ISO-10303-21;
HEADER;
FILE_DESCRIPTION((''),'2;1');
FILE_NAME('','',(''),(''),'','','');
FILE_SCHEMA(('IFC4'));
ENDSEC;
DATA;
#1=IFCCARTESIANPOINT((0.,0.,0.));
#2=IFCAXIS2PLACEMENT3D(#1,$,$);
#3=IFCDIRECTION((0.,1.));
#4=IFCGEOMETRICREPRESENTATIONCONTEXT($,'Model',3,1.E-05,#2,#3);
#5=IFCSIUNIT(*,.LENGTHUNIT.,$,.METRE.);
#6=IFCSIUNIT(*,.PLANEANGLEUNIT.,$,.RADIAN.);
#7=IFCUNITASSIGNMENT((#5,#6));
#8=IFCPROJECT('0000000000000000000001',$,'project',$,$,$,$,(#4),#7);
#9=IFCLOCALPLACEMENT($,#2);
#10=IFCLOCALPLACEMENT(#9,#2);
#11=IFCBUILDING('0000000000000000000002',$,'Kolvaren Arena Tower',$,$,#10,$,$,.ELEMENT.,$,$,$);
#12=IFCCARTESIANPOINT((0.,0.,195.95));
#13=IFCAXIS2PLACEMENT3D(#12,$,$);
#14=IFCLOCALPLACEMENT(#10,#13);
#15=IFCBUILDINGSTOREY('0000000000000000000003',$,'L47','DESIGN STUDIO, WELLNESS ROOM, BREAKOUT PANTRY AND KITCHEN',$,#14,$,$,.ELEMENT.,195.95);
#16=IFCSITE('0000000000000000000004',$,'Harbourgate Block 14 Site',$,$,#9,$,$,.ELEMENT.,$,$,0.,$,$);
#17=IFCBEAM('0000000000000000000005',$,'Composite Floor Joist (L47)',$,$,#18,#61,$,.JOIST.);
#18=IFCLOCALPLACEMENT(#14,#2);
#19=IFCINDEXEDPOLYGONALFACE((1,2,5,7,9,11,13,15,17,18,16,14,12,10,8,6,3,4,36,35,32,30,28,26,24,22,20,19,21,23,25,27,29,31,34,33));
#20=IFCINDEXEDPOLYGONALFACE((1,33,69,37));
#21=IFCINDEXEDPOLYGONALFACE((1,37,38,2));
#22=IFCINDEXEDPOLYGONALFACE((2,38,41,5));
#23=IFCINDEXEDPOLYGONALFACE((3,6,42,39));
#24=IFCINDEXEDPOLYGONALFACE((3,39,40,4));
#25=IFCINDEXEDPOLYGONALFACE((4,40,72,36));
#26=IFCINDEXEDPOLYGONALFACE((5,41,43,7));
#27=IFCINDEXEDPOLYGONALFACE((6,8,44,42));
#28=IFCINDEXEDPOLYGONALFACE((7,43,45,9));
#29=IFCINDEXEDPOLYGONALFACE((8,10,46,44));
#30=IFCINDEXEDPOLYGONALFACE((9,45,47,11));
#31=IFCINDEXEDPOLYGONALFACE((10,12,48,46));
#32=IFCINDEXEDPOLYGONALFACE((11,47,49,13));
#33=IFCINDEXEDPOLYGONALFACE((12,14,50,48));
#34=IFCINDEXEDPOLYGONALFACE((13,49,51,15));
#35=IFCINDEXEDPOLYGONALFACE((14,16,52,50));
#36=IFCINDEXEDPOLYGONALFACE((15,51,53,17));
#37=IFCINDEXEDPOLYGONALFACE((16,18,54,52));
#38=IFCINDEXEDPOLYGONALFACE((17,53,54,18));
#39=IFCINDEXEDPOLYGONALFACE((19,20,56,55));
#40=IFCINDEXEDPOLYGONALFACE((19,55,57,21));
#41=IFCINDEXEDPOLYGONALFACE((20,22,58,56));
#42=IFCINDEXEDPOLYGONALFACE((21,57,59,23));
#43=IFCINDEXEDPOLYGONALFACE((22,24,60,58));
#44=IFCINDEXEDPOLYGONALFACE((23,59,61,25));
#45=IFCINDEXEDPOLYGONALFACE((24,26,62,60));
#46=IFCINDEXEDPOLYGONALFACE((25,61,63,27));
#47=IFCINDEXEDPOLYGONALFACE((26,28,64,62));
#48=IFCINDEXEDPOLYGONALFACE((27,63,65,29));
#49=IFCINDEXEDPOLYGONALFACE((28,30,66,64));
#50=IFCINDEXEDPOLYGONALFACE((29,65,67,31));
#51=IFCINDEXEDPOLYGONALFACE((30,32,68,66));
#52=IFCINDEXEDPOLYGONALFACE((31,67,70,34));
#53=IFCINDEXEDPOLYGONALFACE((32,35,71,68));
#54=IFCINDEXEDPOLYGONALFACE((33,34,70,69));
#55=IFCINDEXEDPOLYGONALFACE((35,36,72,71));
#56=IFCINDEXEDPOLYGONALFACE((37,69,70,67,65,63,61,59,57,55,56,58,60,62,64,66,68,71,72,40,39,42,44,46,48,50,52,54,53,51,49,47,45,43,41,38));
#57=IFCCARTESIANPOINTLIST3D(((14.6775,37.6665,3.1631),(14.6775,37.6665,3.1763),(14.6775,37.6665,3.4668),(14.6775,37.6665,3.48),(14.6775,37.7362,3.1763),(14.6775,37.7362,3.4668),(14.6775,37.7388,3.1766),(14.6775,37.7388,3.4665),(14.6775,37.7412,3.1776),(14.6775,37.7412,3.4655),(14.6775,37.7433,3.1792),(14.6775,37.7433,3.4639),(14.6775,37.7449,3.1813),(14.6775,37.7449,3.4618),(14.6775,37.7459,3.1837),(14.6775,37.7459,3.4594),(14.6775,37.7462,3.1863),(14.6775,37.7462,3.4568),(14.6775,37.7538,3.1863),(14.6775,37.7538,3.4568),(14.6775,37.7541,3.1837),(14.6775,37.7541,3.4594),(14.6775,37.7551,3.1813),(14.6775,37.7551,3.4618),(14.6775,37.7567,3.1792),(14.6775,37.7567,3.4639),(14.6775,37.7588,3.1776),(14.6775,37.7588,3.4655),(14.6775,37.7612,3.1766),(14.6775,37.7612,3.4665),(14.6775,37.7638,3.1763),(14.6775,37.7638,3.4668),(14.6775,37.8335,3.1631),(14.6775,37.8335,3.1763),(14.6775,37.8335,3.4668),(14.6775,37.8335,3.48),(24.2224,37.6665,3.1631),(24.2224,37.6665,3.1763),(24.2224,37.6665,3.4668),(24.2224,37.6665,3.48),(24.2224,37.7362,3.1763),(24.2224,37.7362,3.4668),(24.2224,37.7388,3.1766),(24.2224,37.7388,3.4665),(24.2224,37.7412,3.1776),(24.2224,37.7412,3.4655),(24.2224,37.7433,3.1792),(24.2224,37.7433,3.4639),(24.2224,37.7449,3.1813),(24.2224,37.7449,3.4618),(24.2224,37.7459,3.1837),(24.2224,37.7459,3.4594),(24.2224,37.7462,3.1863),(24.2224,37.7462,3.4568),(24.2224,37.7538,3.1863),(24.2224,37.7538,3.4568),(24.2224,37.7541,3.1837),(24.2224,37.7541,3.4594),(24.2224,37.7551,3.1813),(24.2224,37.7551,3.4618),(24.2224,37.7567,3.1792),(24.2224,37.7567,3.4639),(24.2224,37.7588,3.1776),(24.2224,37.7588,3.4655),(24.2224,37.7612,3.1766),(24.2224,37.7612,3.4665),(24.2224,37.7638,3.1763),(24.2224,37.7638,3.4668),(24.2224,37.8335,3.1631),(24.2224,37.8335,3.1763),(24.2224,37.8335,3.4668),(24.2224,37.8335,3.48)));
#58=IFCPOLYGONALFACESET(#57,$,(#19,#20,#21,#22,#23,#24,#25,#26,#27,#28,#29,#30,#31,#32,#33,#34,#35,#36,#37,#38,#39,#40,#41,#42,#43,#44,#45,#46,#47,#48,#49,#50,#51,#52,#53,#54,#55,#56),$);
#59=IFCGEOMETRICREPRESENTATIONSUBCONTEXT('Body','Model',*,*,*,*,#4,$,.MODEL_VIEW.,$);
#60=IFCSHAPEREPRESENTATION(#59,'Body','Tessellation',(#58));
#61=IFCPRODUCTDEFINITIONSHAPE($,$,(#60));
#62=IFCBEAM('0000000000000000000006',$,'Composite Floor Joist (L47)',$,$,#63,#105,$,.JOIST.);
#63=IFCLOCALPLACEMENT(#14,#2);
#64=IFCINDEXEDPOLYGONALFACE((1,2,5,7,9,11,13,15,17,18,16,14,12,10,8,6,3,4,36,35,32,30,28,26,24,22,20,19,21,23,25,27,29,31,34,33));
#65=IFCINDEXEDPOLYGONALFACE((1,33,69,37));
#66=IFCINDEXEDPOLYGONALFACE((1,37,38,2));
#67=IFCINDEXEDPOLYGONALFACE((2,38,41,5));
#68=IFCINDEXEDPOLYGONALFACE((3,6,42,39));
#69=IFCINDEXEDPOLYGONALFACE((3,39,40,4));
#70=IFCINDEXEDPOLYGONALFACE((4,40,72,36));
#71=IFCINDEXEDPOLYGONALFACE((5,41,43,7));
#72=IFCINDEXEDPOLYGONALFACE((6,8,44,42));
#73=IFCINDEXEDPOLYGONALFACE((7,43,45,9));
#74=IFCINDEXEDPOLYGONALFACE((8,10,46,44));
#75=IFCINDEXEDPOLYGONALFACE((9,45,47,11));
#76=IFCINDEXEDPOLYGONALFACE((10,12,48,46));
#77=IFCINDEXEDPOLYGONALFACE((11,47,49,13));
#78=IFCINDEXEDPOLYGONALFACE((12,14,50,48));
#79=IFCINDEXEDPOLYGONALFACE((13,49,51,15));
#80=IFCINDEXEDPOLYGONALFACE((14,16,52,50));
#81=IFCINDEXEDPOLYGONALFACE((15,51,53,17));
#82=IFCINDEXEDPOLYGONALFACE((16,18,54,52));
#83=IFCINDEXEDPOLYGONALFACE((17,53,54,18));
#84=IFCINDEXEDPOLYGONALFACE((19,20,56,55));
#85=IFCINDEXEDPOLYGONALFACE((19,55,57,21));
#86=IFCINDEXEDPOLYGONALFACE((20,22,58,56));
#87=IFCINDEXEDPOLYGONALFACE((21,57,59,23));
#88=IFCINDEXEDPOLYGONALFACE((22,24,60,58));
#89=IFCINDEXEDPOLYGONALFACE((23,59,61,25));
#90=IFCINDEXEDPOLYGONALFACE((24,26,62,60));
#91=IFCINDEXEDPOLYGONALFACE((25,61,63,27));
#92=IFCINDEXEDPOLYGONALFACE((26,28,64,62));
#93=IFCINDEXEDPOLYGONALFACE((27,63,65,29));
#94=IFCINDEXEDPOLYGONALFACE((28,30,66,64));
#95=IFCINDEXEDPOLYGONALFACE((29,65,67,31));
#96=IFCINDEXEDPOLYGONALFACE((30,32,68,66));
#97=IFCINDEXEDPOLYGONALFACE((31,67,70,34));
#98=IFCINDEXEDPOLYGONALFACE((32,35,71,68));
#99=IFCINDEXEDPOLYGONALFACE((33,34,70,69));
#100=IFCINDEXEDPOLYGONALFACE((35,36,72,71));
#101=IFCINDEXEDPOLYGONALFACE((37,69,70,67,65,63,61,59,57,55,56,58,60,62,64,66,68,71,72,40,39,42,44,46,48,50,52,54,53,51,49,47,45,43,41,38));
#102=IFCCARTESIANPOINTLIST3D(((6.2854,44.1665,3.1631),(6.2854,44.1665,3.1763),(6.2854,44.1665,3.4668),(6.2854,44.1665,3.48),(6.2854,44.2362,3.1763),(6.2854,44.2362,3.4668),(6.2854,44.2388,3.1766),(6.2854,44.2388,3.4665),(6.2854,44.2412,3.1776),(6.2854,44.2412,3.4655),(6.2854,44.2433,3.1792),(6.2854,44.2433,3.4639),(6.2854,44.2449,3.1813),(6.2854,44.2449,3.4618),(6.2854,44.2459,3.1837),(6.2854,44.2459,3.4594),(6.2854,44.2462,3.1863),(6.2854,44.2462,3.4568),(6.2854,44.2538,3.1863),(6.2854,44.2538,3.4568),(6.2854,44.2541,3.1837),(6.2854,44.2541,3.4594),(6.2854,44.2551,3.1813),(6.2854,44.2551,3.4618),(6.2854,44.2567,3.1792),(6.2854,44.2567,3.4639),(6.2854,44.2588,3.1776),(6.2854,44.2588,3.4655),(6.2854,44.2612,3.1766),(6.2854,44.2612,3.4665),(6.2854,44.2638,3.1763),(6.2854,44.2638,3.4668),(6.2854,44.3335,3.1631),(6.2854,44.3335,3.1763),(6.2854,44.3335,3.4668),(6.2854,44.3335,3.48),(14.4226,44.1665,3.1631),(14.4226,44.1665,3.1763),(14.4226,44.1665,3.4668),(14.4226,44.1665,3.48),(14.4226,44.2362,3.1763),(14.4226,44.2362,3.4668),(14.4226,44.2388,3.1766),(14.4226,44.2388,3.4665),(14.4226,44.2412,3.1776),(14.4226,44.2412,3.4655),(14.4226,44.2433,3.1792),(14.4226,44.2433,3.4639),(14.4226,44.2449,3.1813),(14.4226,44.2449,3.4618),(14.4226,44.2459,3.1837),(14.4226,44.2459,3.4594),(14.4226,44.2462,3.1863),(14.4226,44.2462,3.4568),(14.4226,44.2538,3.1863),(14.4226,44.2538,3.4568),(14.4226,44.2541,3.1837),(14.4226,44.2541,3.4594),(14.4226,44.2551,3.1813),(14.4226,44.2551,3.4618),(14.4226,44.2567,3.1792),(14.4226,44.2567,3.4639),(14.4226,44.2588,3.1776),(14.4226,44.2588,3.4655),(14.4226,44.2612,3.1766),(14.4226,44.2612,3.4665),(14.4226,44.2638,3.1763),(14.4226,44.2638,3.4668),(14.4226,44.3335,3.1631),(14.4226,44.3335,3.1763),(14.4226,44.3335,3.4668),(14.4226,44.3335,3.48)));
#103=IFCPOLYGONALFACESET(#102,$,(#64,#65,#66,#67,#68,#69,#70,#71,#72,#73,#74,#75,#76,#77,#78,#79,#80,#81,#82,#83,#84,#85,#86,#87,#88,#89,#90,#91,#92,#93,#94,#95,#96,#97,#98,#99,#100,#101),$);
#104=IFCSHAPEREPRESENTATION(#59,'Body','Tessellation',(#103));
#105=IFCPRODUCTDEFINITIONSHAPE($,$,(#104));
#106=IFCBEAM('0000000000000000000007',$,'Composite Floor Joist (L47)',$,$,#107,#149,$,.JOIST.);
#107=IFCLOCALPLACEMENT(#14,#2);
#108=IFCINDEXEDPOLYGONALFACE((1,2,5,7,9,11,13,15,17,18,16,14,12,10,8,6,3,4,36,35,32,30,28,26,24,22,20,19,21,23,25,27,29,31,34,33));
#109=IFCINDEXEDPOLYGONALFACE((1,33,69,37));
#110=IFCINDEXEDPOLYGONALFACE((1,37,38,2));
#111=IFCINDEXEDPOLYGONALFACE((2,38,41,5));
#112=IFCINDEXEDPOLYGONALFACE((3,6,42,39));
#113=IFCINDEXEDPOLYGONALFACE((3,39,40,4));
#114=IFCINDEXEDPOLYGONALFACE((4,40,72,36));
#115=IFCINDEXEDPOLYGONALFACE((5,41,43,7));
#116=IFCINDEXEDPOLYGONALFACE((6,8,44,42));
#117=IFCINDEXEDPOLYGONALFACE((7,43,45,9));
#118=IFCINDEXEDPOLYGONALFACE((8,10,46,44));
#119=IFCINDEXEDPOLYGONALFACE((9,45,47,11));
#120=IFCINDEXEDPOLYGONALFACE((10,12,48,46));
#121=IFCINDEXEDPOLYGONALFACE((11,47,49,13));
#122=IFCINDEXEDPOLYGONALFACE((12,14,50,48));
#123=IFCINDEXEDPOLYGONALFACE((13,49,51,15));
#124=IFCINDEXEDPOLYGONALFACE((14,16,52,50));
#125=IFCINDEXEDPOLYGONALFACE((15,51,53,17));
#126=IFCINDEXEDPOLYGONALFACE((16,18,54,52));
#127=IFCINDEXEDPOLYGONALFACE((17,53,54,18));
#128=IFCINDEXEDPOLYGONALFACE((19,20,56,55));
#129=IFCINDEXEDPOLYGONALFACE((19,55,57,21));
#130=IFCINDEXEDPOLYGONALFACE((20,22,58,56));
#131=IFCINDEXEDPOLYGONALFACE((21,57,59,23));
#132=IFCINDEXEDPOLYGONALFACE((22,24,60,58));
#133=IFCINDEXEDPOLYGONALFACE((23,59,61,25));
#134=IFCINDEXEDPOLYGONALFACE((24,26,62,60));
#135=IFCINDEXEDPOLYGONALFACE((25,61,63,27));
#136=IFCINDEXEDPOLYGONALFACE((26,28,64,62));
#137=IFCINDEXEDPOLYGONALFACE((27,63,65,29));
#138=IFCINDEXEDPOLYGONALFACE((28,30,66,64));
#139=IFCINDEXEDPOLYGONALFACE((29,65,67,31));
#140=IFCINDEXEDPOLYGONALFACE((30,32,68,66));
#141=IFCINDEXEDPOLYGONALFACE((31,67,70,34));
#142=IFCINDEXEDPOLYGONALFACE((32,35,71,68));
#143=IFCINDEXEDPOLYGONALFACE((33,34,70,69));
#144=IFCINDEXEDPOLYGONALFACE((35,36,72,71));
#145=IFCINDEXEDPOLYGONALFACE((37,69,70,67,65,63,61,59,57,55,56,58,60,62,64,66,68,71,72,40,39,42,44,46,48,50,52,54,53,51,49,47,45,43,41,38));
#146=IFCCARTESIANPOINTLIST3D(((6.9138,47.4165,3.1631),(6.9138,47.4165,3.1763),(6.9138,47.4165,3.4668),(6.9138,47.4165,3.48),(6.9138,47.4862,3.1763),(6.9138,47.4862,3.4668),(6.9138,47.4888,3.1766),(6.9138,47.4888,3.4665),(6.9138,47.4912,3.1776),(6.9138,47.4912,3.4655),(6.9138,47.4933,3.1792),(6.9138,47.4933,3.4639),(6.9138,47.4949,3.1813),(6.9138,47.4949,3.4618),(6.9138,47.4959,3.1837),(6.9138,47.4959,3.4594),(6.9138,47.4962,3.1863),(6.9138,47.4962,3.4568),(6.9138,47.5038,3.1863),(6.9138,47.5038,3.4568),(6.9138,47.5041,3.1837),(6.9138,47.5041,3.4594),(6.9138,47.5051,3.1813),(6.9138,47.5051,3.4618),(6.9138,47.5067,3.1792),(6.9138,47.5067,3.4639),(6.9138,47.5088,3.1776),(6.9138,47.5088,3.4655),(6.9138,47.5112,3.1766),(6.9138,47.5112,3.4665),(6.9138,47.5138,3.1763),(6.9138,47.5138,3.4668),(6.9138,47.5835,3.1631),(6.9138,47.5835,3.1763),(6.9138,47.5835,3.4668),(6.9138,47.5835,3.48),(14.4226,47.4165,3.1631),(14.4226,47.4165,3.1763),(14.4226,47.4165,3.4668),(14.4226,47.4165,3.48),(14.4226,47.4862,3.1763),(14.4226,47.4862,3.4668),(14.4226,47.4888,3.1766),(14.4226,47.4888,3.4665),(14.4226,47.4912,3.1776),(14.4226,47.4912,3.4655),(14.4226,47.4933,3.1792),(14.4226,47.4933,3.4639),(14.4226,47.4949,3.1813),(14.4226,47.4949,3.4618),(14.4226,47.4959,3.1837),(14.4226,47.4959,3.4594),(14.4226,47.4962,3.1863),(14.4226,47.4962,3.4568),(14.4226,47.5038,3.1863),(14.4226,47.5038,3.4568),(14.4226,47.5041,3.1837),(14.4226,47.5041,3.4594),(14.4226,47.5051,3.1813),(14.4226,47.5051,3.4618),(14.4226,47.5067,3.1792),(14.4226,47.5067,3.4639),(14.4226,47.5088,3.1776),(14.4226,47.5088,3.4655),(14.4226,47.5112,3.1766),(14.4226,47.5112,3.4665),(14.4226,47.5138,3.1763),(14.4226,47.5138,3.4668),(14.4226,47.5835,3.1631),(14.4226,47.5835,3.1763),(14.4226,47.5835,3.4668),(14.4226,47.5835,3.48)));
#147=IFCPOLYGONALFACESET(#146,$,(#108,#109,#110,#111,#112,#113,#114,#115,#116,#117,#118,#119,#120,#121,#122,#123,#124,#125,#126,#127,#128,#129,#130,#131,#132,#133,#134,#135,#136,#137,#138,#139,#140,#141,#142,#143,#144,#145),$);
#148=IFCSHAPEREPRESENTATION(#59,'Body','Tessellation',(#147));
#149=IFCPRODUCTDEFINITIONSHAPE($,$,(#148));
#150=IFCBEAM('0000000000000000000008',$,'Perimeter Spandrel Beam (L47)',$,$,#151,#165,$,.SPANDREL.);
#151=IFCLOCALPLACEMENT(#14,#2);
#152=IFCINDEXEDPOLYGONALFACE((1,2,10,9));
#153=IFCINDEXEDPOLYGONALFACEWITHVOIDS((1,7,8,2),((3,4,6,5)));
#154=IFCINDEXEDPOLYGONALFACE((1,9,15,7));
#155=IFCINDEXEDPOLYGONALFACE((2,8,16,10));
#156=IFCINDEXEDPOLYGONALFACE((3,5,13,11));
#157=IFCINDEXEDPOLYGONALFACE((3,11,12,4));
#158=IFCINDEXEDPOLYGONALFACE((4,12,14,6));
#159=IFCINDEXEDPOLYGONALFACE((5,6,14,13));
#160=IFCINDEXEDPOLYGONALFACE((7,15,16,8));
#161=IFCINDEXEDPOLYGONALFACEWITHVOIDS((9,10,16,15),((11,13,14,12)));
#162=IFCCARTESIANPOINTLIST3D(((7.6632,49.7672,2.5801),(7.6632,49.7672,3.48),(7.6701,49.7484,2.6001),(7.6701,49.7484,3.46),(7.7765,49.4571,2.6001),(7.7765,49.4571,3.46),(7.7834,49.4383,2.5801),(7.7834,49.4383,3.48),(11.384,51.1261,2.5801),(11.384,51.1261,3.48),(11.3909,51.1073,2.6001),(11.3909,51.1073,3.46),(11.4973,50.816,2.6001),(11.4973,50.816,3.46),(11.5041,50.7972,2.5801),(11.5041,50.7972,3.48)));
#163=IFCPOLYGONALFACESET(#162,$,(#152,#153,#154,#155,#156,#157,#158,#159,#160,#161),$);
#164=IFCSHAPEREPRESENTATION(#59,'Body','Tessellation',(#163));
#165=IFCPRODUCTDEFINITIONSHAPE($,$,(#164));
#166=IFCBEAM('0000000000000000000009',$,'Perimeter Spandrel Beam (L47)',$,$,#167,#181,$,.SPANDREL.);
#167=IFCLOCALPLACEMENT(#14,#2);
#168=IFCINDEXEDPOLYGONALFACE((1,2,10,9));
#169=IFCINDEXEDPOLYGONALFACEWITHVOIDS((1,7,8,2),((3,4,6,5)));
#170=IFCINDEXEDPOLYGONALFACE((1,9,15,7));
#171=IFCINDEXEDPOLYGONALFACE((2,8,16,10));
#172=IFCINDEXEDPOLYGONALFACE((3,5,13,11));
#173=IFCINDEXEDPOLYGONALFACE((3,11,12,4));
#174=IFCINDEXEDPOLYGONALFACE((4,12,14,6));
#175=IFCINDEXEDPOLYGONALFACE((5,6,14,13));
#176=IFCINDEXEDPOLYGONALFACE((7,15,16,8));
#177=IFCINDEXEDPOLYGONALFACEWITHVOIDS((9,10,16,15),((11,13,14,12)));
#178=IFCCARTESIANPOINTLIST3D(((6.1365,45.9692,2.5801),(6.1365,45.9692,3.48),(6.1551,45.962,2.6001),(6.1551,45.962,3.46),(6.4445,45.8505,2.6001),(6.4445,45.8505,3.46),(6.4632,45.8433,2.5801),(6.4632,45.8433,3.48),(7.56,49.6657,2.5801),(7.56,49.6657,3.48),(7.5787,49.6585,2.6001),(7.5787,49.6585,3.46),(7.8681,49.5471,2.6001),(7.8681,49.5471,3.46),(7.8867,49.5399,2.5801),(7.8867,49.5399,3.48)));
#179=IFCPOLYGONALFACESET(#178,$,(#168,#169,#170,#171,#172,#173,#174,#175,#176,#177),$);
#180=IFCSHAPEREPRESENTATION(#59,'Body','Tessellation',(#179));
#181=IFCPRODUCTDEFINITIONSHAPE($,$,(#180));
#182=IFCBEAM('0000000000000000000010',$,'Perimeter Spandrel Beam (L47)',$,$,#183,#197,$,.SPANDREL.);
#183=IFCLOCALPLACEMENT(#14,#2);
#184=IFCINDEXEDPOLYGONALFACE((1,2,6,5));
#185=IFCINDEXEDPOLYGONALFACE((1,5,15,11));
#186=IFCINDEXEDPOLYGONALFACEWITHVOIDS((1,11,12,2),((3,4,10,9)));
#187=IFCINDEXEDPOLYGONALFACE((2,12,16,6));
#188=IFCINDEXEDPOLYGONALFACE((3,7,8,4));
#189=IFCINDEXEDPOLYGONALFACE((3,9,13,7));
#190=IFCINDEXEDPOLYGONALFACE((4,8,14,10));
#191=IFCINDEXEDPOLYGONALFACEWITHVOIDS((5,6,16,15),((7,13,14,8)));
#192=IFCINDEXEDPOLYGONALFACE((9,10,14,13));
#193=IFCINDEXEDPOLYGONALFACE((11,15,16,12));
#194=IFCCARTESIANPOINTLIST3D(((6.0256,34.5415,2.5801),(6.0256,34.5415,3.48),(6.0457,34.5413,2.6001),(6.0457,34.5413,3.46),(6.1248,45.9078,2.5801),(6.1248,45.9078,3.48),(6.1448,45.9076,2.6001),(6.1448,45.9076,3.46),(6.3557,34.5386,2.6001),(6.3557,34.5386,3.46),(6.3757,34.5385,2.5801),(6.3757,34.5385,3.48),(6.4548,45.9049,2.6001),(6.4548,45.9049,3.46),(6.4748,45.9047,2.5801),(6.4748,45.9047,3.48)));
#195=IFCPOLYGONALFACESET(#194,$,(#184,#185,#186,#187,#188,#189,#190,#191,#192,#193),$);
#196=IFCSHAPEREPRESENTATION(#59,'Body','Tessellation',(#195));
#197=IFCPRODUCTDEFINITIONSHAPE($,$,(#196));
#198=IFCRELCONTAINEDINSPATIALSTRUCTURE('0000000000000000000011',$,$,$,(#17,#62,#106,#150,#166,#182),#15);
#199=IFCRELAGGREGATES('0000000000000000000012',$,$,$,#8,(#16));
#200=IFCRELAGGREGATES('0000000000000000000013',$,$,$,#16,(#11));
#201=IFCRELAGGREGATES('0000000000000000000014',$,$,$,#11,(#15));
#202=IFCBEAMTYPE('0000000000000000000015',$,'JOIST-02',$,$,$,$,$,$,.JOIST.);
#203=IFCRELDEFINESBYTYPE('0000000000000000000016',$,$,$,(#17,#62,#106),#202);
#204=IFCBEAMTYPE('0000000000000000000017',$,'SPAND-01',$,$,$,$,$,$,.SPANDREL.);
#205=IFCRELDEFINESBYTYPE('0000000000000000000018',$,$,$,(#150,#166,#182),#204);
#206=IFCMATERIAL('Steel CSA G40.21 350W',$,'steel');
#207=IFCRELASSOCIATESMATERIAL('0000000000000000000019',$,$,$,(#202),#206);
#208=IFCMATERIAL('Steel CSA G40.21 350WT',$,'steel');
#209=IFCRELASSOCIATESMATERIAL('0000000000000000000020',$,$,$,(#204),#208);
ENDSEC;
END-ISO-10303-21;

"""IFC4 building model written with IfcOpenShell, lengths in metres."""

from ifc_helpers import new_model, si_unit, direction, frame, origin, origin_2d, place, context, subcontext, project, spatial, hollow_rectangle, i_section, extrude, material, material_profile, profile_set, type_object, element, save


model = new_model("IFC4")

# Units and contexts
model_context = context("Model", 3, precision=1e-05, world=origin(), true_north=direction((0.0, 1.0)))
body_context = subcontext(model_context, "Body", "Model", "MODEL_VIEW")
ifc_project = project(units=[si_unit("LENGTHUNIT", "METRE"), si_unit("PLANEANGLEUNIT", "RADIAN")], contexts=[model_context])

# Site, building, storey
site_placement = place(None, origin())
site = spatial("IfcSite", under=ifc_project, at=site_placement, Name="Harbourgate Block 14 Site", CompositionType="ELEMENT", RefElevation=0.0)
building_placement = place(site_placement, origin())
building = spatial("IfcBuilding", under=site, at=building_placement, Name="Kolvaren Arena Tower", CompositionType="ELEMENT")
storey_placement = place(building_placement, frame((0.0, 0.0, 195.95)))
storey = spatial("IfcBuildingStorey", under=building, at=storey_placement, Name="L47", Description="DESIGN STUDIO, WELLNESS ROOM, BREAKOUT PANTRY AND KITCHEN", CompositionType="ELEMENT", Elevation=195.95)

# Beams
ifc_material_1 = material(Name="Steel CSA G40.21 350W", Category="steel")
ifc_material_profile_1 = material_profile(ifc_material_1, i_section(OverallWidth=0.167, OverallDepth=0.3169, WebThickness=0.0076, FlangeThickness=0.0132, FilletRadius=0.01, at=origin_2d()), Name="W310x52")
ifc_profile_set_1 = profile_set([ifc_material_profile_1], Name="Steel CSA G40.21 350W")
beam_type_1 = type_object("IfcBeamType", Name="JOIST-02", PredefinedType="JOIST", material=ifc_profile_set_1)
beam_1_placement = place(storey_placement, frame((14.6775, 37.75, 3.3215), z_axis=(1.0, 0.0, 0.0), x_axis=(0.0, 1.0, 0.0)))
element("IfcBeam", 1, at=beam_1_placement, inside=storey, type_object=beam_type_1, Name="Composite Floor Joist (L47)", PredefinedType="JOIST", context=body_context, shape_type="SweptSolid", body=[
    extrude(i_section(OverallWidth=0.167, OverallDepth=0.3169, WebThickness=0.0076, FlangeThickness=0.0132, FilletRadius=0.01, at=origin_2d()), origin(), (0.0, 0.0, 1.0), 9.5449),
])
beam_2_placement = place(storey_placement, frame((6.2854, 44.25, 3.3215), z_axis=(1.0, 0.0, 0.0), x_axis=(0.0, 1.0, 0.0)))
element("IfcBeam", 2, at=beam_2_placement, inside=storey, type_object=beam_type_1, Name="Composite Floor Joist (L47)", PredefinedType="JOIST", context=body_context, shape_type="SweptSolid", body=[
    extrude(i_section(OverallWidth=0.167, OverallDepth=0.3169, WebThickness=0.0076, FlangeThickness=0.0132, FilletRadius=0.01, at=origin_2d()), origin(), (0.0, 0.0, 1.0), 8.1372),
])
beam_3_placement = place(storey_placement, frame((6.9138, 47.5, 3.3215), z_axis=(1.0, 0.0, 0.0), x_axis=(0.0, 1.0, 0.0)))
element("IfcBeam", 3, at=beam_3_placement, inside=storey, type_object=beam_type_1, Name="Composite Floor Joist (L47)", PredefinedType="JOIST", context=body_context, shape_type="SweptSolid", body=[
    extrude(i_section(OverallWidth=0.167, OverallDepth=0.3169, WebThickness=0.0076, FlangeThickness=0.0132, FilletRadius=0.01, at=origin_2d()), origin(), (0.0, 0.0, 1.0), 7.5088),
])
ifc_material_2 = material(Name="Steel CSA G40.21 350WT", Category="steel")
ifc_material_profile_2 = material_profile(ifc_material_2, hollow_rectangle(XDim=0.3501, YDim=0.8999, WallThickness=0.02, at=origin_2d()), Name="HSS 900x350x20")
ifc_profile_set_2 = profile_set([ifc_material_profile_2], Name="Steel CSA G40.21 350WT")
beam_type_2 = type_object("IfcBeamType", Name="SPAND-01", PredefinedType="SPANDREL", material=ifc_profile_set_2)
for number, where, z_axis, x_axis, name in (
    (4, (11.4441, 50.9617, 3.03), (-0.939314, -0.343059, 0.0), (0.343059, -0.939314, 0.0), "Perimeter Spandrel Beam (L47)"),
    (5, (7.7234, 49.6028, 3.03), (-0.359384, -0.93319, 0.0), (0.93319, -0.359384, 0.0), "Perimeter Spandrel Beam (L47)"),
):
    element("IfcBeam", number, at=place(storey_placement, frame(where, z_axis=z_axis, x_axis=x_axis)), inside=storey, type_object=beam_type_2, Name=name, PredefinedType="SPANDREL", context=body_context, shape_type="SweptSolid", body=[
        extrude(hollow_rectangle(XDim=0.3501, YDim=0.8999, WallThickness=0.02, at=origin_2d()), origin(), (0.0, 0.0, 1.0), 3.9612),
    ])
for number, where, z_axis, x_axis, name in (
    (6, (6.2998, 45.9062, 3.03), (-0.00872, -0.999962, 0.0), (0.999962, -0.00872, 0.0), "Perimeter Spandrel Beam (L47)"),
):
    element("IfcBeam", number, at=place(storey_placement, frame(where, z_axis=z_axis, x_axis=x_axis)), inside=storey, type_object=beam_type_2, Name=name, PredefinedType="SPANDREL", context=body_context, shape_type="SweptSolid", body=[
        extrude(hollow_rectangle(XDim=0.3501, YDim=0.8999, WallThickness=0.02, at=origin_2d()), origin(), (0.0, 0.0, 1.0), 11.3667),
    ])

save(model, "model.ifc")
